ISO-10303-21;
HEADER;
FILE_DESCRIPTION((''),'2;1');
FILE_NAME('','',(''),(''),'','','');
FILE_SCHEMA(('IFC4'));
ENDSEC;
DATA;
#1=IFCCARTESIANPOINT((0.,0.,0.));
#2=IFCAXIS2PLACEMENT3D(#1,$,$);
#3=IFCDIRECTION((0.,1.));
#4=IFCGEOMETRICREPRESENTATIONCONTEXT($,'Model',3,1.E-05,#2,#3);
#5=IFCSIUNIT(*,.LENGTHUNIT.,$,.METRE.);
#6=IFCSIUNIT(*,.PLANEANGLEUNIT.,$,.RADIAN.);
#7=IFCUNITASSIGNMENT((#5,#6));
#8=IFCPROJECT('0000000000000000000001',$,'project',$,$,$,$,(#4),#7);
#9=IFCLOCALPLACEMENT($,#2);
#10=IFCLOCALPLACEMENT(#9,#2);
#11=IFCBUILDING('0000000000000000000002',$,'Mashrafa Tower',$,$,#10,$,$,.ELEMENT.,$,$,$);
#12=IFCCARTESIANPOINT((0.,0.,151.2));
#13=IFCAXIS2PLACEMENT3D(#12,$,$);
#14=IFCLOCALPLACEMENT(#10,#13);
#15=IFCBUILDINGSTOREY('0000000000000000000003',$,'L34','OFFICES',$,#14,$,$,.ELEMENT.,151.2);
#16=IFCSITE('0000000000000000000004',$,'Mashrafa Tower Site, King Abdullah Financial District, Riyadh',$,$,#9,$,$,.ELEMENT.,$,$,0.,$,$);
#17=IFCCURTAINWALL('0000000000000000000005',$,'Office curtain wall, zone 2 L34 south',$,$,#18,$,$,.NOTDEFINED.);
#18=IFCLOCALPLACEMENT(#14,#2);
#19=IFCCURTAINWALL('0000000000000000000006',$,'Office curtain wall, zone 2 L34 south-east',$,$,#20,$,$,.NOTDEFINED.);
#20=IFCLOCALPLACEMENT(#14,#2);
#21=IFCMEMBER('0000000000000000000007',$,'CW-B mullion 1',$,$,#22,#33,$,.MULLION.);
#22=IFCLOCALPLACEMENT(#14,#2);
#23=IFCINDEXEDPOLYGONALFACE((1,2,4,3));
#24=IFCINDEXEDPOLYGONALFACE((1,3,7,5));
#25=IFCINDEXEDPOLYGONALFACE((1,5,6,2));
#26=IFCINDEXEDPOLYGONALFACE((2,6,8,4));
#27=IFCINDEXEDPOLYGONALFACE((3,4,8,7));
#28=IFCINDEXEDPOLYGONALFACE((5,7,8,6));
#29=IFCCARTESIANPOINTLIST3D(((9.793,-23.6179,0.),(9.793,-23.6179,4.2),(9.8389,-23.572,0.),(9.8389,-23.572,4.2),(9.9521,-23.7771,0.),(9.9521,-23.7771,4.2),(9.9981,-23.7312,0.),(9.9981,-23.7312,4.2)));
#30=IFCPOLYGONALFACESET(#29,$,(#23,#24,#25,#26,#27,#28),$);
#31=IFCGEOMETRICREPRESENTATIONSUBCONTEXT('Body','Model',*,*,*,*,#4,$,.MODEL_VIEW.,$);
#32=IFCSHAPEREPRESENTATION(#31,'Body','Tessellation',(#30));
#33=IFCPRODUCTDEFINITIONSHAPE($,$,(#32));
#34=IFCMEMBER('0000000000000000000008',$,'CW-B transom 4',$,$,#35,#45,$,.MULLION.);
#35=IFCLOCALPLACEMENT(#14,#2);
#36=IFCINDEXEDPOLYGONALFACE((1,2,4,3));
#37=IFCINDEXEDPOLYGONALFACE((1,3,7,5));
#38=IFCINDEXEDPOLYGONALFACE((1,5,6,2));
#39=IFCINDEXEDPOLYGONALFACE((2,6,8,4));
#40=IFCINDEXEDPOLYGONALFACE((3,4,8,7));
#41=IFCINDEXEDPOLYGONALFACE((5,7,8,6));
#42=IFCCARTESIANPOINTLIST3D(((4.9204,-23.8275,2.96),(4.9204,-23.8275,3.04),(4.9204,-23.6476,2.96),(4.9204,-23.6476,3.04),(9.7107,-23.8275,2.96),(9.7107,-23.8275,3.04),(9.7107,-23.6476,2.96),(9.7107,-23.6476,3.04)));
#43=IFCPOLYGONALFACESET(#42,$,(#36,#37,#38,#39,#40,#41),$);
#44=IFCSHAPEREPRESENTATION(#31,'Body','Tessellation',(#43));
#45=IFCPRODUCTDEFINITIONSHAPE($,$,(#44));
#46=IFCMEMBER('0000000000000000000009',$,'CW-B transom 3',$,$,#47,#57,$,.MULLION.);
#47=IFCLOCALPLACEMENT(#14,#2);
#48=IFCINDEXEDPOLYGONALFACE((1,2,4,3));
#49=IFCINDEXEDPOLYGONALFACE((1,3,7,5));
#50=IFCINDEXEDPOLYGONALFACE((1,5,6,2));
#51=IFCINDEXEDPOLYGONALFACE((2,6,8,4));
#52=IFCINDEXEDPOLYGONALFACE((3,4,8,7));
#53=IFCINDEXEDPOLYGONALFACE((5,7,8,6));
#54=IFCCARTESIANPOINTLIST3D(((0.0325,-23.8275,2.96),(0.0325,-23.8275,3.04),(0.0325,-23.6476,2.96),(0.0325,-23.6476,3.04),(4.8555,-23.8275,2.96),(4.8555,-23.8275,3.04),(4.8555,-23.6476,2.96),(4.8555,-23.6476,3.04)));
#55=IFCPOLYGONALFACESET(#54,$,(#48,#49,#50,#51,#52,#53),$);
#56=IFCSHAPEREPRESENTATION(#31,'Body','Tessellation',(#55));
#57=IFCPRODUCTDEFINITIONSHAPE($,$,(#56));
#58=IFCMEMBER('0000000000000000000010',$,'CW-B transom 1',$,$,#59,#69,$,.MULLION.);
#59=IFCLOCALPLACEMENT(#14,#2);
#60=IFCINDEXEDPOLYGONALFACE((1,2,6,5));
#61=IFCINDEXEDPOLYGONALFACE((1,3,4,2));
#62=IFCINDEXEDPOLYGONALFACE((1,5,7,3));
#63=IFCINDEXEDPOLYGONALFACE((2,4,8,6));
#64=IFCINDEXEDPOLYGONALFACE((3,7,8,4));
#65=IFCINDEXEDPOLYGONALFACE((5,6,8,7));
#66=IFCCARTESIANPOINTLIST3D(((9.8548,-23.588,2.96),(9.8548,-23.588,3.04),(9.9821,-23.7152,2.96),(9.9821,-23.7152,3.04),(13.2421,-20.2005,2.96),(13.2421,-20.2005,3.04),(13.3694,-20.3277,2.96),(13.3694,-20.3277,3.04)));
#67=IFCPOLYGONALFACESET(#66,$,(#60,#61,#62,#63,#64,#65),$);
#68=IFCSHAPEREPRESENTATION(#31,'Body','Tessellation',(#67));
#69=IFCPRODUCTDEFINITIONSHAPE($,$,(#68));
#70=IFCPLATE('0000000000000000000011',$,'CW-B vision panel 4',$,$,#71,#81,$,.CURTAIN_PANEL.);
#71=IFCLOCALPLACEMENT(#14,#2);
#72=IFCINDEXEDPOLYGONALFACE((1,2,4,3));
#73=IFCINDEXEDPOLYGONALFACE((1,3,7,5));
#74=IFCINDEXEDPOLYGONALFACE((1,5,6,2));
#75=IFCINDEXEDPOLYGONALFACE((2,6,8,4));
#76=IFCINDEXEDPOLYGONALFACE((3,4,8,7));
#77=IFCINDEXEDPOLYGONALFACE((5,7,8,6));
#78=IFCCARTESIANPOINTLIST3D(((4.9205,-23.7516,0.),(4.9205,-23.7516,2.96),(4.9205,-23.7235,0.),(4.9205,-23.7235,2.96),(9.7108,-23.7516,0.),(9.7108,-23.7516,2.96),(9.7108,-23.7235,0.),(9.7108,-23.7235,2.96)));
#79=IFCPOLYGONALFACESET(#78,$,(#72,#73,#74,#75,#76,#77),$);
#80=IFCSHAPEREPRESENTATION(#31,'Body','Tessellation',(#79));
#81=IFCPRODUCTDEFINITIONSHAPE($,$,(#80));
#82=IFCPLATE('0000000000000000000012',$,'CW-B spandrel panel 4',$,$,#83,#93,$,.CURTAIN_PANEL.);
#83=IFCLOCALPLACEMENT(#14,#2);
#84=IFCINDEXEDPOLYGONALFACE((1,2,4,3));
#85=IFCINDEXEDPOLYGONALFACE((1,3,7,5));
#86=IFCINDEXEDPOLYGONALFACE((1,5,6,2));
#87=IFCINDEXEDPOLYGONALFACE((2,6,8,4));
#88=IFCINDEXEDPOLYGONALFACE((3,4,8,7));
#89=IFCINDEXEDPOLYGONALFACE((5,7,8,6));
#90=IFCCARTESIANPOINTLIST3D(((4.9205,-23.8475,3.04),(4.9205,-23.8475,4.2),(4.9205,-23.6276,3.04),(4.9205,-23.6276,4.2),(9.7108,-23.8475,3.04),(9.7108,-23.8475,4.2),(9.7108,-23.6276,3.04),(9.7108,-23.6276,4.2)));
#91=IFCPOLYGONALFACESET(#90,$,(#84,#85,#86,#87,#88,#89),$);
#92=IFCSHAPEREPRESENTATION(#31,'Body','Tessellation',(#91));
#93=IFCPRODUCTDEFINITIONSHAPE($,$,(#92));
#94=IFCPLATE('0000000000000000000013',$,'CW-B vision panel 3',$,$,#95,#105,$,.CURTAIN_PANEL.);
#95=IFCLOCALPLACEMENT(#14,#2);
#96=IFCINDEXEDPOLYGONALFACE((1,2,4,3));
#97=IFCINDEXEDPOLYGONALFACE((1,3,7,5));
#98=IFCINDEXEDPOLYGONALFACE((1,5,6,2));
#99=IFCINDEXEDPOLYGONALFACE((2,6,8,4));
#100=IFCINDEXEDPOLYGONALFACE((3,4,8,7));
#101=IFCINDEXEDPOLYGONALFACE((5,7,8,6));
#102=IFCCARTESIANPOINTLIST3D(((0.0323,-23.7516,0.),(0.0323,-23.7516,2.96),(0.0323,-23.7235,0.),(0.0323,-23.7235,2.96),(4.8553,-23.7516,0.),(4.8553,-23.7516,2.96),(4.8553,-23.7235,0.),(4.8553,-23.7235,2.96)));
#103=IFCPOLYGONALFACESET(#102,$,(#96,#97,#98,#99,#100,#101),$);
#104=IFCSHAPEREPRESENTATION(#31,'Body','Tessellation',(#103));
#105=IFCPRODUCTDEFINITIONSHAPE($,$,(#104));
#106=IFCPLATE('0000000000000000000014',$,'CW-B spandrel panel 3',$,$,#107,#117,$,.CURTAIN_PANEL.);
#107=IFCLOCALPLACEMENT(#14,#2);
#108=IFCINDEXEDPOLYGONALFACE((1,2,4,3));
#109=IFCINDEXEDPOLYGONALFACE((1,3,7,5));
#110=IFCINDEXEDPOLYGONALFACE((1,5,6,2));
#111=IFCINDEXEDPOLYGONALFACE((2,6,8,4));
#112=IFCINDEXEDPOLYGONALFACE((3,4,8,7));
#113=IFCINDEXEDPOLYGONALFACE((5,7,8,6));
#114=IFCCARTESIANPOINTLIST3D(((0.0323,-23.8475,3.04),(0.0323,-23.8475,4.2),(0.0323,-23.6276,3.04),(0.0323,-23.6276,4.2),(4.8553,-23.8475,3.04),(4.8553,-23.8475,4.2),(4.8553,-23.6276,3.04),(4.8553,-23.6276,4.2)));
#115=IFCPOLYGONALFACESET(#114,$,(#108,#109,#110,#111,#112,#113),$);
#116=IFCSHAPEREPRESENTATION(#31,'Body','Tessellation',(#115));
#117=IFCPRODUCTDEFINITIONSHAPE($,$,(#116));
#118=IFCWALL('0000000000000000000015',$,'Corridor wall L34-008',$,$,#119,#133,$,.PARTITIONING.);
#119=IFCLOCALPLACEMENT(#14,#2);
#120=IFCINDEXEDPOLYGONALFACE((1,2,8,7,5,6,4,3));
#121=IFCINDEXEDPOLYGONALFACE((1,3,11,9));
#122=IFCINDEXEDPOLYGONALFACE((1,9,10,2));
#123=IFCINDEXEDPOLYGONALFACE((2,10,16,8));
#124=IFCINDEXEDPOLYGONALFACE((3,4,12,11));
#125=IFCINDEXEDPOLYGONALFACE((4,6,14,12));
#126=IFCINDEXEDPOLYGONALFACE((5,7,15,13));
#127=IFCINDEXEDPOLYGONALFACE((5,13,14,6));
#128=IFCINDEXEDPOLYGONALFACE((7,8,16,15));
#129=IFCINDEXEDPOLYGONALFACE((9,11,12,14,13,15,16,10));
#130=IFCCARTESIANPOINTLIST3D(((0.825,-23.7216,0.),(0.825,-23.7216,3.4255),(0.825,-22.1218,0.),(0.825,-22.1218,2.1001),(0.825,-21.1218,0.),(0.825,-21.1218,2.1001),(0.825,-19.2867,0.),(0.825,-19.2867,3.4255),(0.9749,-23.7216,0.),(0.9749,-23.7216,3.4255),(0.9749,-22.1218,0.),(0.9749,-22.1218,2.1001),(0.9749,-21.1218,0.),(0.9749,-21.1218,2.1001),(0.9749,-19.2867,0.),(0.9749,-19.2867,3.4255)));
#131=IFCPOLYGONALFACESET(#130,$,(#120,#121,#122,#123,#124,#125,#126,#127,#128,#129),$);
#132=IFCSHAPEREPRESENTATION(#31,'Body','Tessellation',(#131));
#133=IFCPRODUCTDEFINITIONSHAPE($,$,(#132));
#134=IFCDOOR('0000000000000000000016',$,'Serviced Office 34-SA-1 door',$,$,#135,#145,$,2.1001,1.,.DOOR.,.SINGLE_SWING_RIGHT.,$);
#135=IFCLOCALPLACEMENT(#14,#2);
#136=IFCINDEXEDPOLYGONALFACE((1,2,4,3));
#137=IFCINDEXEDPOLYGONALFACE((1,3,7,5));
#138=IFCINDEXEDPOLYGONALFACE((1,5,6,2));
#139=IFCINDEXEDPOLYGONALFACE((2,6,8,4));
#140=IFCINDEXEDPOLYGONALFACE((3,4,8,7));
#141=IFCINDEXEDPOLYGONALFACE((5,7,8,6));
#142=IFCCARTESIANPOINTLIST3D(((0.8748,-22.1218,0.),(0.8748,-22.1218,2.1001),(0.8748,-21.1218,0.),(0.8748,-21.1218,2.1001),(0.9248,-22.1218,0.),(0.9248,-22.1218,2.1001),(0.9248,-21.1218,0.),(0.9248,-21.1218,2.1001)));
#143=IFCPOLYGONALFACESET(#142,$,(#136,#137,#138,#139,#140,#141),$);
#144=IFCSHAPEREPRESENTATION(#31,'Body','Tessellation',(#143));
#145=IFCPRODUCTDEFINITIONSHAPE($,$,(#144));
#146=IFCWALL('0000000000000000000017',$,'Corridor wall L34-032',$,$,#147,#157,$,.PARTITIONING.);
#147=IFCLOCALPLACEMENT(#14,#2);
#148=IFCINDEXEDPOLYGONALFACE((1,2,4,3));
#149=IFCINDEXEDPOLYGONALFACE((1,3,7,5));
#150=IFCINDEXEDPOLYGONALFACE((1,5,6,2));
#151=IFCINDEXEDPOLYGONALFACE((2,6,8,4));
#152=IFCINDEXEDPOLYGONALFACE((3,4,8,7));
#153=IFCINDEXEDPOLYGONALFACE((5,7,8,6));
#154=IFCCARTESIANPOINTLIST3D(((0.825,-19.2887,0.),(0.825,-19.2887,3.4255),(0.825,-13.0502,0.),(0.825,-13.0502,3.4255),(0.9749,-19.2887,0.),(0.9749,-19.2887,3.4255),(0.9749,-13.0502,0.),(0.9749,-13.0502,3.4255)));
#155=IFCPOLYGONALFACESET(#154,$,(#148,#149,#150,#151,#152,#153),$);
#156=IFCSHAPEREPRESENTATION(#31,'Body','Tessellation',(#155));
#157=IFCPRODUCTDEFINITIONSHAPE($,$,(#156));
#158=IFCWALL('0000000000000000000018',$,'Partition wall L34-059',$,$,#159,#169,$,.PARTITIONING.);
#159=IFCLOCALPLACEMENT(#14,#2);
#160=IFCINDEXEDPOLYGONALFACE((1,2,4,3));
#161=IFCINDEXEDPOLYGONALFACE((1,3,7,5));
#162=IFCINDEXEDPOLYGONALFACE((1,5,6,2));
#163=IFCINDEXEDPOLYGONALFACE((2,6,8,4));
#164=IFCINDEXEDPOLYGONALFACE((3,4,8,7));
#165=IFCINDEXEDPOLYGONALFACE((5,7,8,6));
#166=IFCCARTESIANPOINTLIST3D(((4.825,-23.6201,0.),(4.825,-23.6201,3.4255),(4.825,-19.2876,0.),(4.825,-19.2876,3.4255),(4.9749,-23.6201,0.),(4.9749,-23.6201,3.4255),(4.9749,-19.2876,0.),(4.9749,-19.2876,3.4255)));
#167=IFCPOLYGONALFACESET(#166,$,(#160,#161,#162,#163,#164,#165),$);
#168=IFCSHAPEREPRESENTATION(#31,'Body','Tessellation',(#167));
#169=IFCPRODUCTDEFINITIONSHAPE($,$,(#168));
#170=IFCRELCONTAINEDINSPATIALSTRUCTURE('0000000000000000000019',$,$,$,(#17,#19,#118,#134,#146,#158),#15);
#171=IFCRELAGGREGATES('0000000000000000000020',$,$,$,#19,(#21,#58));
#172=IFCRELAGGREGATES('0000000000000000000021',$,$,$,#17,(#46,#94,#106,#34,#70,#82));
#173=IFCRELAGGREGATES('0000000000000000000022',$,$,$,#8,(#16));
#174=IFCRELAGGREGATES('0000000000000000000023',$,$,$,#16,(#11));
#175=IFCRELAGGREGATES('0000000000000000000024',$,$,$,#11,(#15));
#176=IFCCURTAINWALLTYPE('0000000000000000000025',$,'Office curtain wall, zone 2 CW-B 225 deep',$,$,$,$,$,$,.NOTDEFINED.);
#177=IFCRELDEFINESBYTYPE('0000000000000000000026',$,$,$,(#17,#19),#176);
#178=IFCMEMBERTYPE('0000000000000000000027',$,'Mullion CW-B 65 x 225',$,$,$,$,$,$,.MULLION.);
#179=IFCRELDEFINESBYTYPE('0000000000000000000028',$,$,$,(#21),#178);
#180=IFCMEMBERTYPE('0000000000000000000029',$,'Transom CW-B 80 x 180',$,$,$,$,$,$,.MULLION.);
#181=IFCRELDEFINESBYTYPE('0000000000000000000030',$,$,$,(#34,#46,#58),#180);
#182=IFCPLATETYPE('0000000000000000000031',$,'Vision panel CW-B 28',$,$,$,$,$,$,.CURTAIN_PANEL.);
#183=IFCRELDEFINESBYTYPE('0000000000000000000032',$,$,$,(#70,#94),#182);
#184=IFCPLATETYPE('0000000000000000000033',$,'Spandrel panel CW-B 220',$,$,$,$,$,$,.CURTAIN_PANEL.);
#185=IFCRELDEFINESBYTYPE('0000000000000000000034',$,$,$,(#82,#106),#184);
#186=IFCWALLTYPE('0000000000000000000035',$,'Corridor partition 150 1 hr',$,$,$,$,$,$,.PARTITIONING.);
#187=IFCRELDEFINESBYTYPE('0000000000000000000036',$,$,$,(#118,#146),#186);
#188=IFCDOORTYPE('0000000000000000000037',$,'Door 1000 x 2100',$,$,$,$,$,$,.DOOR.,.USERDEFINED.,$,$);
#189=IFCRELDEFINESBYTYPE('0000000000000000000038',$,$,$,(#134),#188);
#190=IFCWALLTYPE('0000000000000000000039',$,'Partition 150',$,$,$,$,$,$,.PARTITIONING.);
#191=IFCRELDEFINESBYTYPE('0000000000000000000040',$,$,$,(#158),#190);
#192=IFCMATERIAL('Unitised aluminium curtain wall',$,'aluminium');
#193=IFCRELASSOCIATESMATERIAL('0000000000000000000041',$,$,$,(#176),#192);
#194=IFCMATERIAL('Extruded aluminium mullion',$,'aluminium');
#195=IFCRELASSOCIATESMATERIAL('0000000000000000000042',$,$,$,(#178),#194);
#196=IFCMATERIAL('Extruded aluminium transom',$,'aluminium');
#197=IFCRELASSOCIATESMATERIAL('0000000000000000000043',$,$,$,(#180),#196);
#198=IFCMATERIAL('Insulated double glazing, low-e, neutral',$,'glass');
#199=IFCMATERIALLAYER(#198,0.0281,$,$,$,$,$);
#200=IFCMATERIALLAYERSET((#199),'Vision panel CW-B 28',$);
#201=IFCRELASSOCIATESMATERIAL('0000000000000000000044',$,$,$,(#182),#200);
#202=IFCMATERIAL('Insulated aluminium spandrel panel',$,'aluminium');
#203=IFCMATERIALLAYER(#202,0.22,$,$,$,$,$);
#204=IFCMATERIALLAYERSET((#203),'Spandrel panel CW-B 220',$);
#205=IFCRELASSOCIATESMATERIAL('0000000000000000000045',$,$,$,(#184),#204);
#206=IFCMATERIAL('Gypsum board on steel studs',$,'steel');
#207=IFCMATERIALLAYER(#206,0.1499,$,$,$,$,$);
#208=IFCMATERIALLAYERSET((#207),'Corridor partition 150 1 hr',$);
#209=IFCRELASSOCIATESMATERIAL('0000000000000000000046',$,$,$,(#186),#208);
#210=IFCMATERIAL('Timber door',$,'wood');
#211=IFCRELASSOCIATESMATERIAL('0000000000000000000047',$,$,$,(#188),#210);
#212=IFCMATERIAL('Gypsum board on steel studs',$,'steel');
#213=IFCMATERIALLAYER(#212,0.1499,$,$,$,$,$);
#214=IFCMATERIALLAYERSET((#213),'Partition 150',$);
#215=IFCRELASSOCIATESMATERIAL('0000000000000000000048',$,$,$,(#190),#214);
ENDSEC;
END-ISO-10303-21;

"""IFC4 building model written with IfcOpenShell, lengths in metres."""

from ifc_helpers import new_model, si_unit, direction, frame, frame_2d, origin, origin_2d, place, context, subcontext, project, spatial, rectangle, extrude, source, transform, mapped, material, layer, layer_set, material_profile, profile_set, type_object, type_shapes, element, fill, aggregate, save


model = new_model("IFC4")

# Units and contexts
model_context = context("Model", 3, precision=1e-05, world=origin(), true_north=direction((0.0, 1.0)))
body_context = subcontext(model_context, "Body", "Model", "MODEL_VIEW")
ifc_project = project(units=[si_unit("LENGTHUNIT", "METRE"), si_unit("PLANEANGLEUNIT", "RADIAN")], contexts=[model_context])

# Site, building, storey
site_placement = place(None, origin())
site = spatial("IfcSite", under=ifc_project, at=site_placement, Name="Mashrafa Tower Site, King Abdullah Financial District, Riyadh", CompositionType="ELEMENT", RefElevation=0.0)
building_placement = place(site_placement, origin())
building = spatial("IfcBuilding", under=site, at=building_placement, Name="Mashrafa Tower", CompositionType="ELEMENT")
storey_placement = place(building_placement, frame((0.0, 0.0, 151.2)))
storey = spatial("IfcBuildingStorey", under=building, at=storey_placement, Name="L34", Description="OFFICES", CompositionType="ELEMENT", Elevation=151.2)

# Curtain wall
ifc_material_1 = material(Name="Unitised aluminium curtain wall", Category="aluminium")
curtain_wall_type = type_object("IfcCurtainWallType", Name="Office curtain wall, zone 2 CW-B 225 deep", PredefinedType="NOTDEFINED", material=ifc_material_1)
curtain_wall_1_placement = place(storey_placement, origin())
curtain_wall_1 = element("IfcCurtainWall", 1, at=curtain_wall_1_placement, inside=storey, type_object=curtain_wall_type, Name="Office curtain wall, zone 2 L34 south", PredefinedType="NOTDEFINED")
ifc_material_2 = material(Name="Extruded aluminium mullion", Category="aluminium")
ifc_material_profile_1 = material_profile(ifc_material_2, rectangle(XDim=0.2251, YDim=0.0649, at=origin_2d()), Name="Mullion 65x225")
ifc_profile_set_1 = profile_set([ifc_material_profile_1], Name="Extruded aluminium mullion")
member_type_1 = type_object("IfcMemberType", Name="Mullion CW-B 65 x 225", PredefinedType="MULLION", material=ifc_profile_set_1)
shared_shape_1 = source(origin(), body_context, "Body", "SweptSolid", [
    extrude(rectangle(XDim=0.2251, YDim=0.0649, at=origin_2d()), origin(), (0.0, 0.0, 1.0), 4.2),
])
type_shapes(member_type_1, [shared_shape_1])

# Curtain wall, member
curtain_wall_2_placement = place(storey_placement, origin())
curtain_wall_2 = element("IfcCurtainWall", 2, at=curtain_wall_2_placement, inside=storey, type_object=curtain_wall_type, Name="Office curtain wall, zone 2 L34 south-east", PredefinedType="NOTDEFINED")
member_1_placement = place(storey_placement, frame((9.8955, -23.6746, 0.0), z_axis=(0.0, 0.0, 1.0), x_axis=(-0.707107, 0.707107, 0.0)))
member_1 = element("IfcMember", 3, at=member_1_placement, type_object=member_type_1, Name="CW-B mullion 1", PredefinedType="MULLION", context=body_context, shape_type="MappedRepresentation", body=[
    mapped(shared_shape_1, transform((0.0, 0.0, 0.0))),
])

# Members
ifc_material_3 = material(Name="Extruded aluminium transom", Category="aluminium")
ifc_material_profile_2 = material_profile(ifc_material_3, rectangle(XDim=0.1799, YDim=0.0801, at=origin_2d()), Name="Transom 80x180")
ifc_profile_set_2 = profile_set([ifc_material_profile_2], Name="Extruded aluminium transom")
member_type_2 = type_object("IfcMemberType", Name="Transom CW-B 80 x 180", PredefinedType="MULLION", material=ifc_profile_set_2)
shared_shape_2 = source(origin(), body_context, "Body", "SweptSolid", [
    extrude(rectangle(XDim=0.1799, YDim=0.0801, at=origin_2d()), origin(), (0.0, 0.0, 1.0), 4.7903),
])
member_2_placement = place(storey_placement, frame((4.9204, -23.7375, 3.0), z_axis=(1.0, 0.0, 0.0), x_axis=(0.0, 1.0, 0.0)))
member_2 = element("IfcMember", 4, at=member_2_placement, type_object=member_type_2, Name="CW-B transom 4", PredefinedType="MULLION", context=body_context, shape_type="MappedRepresentation", body=[
    mapped(shared_shape_2, transform((0.0, 0.0, 0.0))),
])
shared_shape_3 = source(origin(), body_context, "Body", "SweptSolid", [
    extrude(rectangle(XDim=0.1799, YDim=0.0801, at=origin_2d()), origin(), (0.0, 0.0, 1.0), 4.823),
])
member_3_placement = place(storey_placement, frame((0.0325, -23.7375, 3.0), z_axis=(1.0, 0.0, 0.0), x_axis=(0.0, 1.0, 0.0)))
member_3 = element("IfcMember", 5, at=member_3_placement, type_object=member_type_2, Name="CW-B transom 3", PredefinedType="MULLION", context=body_context, shape_type="MappedRepresentation", body=[
    mapped(shared_shape_3, transform((0.0, 0.0, 0.0))),
])
shared_shape_4 = source(origin(), body_context, "Body", "SweptSolid", [
    extrude(rectangle(XDim=0.1799, YDim=0.0801, at=origin_2d()), origin(), (0.0, 0.0, 1.0), 4.7905),
])
type_shapes(member_type_2, [shared_shape_2, shared_shape_3, shared_shape_4])
member_4_placement = place(storey_placement, frame((9.9185, -23.6516, 3.0), z_axis=(0.707081, 0.707132, 0.0), x_axis=(-0.707132, 0.707081, 0.0)))
member_4 = element("IfcMember", 6, at=member_4_placement, type_object=member_type_2, Name="CW-B transom 1", PredefinedType="MULLION", context=body_context, shape_type="MappedRepresentation", body=[
    mapped(shared_shape_4, transform((0.0, 0.0, 0.0))),
])
aggregate(curtain_wall_2, [member_1, member_4])

# Plates
ifc_material_4 = material(Name="Insulated double glazing, low-e, neutral", Category="glass")
ifc_layer_1 = layer(ifc_material_4, 0.0281)
ifc_layer_set_1 = layer_set([ifc_layer_1], Name="Vision panel CW-B 28")
plate_type_1 = type_object("IfcPlateType", Name="Vision panel CW-B 28", PredefinedType="CURTAIN_PANEL", material=ifc_layer_set_1)
shared_shape_5 = source(origin(), body_context, "Body", "SweptSolid", [
    extrude(rectangle(XDim=4.7903, YDim=0.0281, at=origin_2d()), origin(), (0.0, 0.0, 1.0), 2.96),
])
plate_1_placement = place(storey_placement, frame((7.3157, -23.7375, 0.0), z_axis=(0.0, 0.0, 1.0), x_axis=(1.0, 0.0, 0.0)))
plate_1 = element("IfcPlate", 7, at=plate_1_placement, type_object=plate_type_1, Name="CW-B vision panel 4", PredefinedType="CURTAIN_PANEL", context=body_context, shape_type="MappedRepresentation", body=[
    mapped(shared_shape_5, transform((0.0, 0.0, 0.0))),
])
ifc_material_5 = material(Name="Insulated aluminium spandrel panel", Category="aluminium")
ifc_layer_2 = layer(ifc_material_5, 0.22)
ifc_layer_set_2 = layer_set([ifc_layer_2], Name="Spandrel panel CW-B 220")
plate_type_2 = type_object("IfcPlateType", Name="Spandrel panel CW-B 220", PredefinedType="CURTAIN_PANEL", material=ifc_layer_set_2)
shared_shape_6 = source(origin(), body_context, "Body", "SweptSolid", [
    extrude(rectangle(XDim=4.7903, YDim=0.22, at=origin_2d()), origin(), (0.0, 0.0, 1.0), 1.1599),
])
plate_2_placement = place(storey_placement, frame((7.3157, -23.7375, 3.04), z_axis=(0.0, 0.0, 1.0), x_axis=(1.0, 0.0, 0.0)))
plate_2 = element("IfcPlate", 8, at=plate_2_placement, type_object=plate_type_2, Name="CW-B spandrel panel 4", PredefinedType="CURTAIN_PANEL", context=body_context, shape_type="MappedRepresentation", body=[
    mapped(shared_shape_6, transform((0.0, 0.0, 0.0))),
])
shared_shape_7 = source(origin(), body_context, "Body", "SweptSolid", [
    extrude(rectangle(XDim=4.823, YDim=0.0281, at=origin_2d()), origin(), (0.0, 0.0, 1.0), 2.96),
])
type_shapes(plate_type_1, [shared_shape_5, shared_shape_7])
plate_3_placement = place(storey_placement, frame((2.4438, -23.7375, 0.0), z_axis=(0.0, 0.0, 1.0), x_axis=(1.0, 0.0, 0.0)))
plate_3 = element("IfcPlate", 9, at=plate_3_placement, type_object=plate_type_1, Name="CW-B vision panel 3", PredefinedType="CURTAIN_PANEL", context=body_context, shape_type="MappedRepresentation", body=[
    mapped(shared_shape_7, transform((0.0, 0.0, 0.0))),
])
shared_shape_8 = source(origin(), body_context, "Body", "SweptSolid", [
    extrude(rectangle(XDim=4.823, YDim=0.22, at=origin_2d()), origin(), (0.0, 0.0, 1.0), 1.1599),
])
type_shapes(plate_type_2, [shared_shape_6, shared_shape_8])
plate_4_placement = place(storey_placement, frame((2.4438, -23.7375, 3.04), z_axis=(0.0, 0.0, 1.0), x_axis=(1.0, 0.0, 0.0)))
plate_4 = element("IfcPlate", 10, at=plate_4_placement, type_object=plate_type_2, Name="CW-B spandrel panel 3", PredefinedType="CURTAIN_PANEL", context=body_context, shape_type="MappedRepresentation", body=[
    mapped(shared_shape_8, transform((0.0, 0.0, 0.0))),
])
aggregate(curtain_wall_1, [member_3, plate_3, plate_4, member_2, plate_1, plate_2])

# Wall, opening, door
ifc_material_6 = material(Name="Gypsum board on steel studs", Category="steel")
ifc_layer_3 = layer(ifc_material_6, 0.1499)
ifc_layer_set_3 = layer_set([ifc_layer_3], Name="Corridor partition 150 1 hr")
wall_type_1 = type_object("IfcWallType", Name="Corridor partition 150 1 hr", PredefinedType="PARTITIONING", material=ifc_layer_set_3)
wall_1_placement = place(storey_placement, frame((0.8999, -23.7214, 0.0), z_axis=(0.0, 0.0, 1.0), x_axis=(0.0, 1.0, 0.0)))
wall_1 = element("IfcWall", 11, at=wall_1_placement, inside=storey, type_object=wall_type_1, Name="Corridor wall L34-008", PredefinedType="PARTITIONING", context=body_context, shape_type="SweptSolid", body=[
    extrude(rectangle(XDim=4.4348, YDim=0.1499, at=frame_2d((2.2173, 0.0))), origin(), (0.0, 0.0, 1.0), 3.4255),
])
opening_1_placement = place(wall_1_placement, frame((1.5996, 0.0, 0.0)))
opening_1 = element("IfcOpeningElement", 12, at=opening_1_placement, cuts=wall_1, PredefinedType="OPENING", context=body_context, shape_type="SweptSolid", body=[
    extrude(rectangle(XDim=1.0, YDim=2.1001, at=frame_2d((0.5, 1.05))), frame((0.0, 0.085, 0.0), z_axis=(0.0, -1.0, 0.0), x_axis=(1.0, 0.0, 0.0)), (0.0, 0.0, 1.0), 0.1699),
])
ifc_material_7 = material(Name="Timber door", Category="wood")
door_type = type_object("IfcDoorType", Name="Door 1000 x 2100", OperationType="USERDEFINED", PredefinedType="DOOR", material=ifc_material_7)
door_1_placement = place(opening_1_placement, frame((1.0, 0.0, 0.0), z_axis=(0.0, 0.0, 1.0), x_axis=(-1.0, 0.0, 0.0)))
door_1 = element("IfcDoor", 13, at=door_1_placement, inside=storey, type_object=door_type, Name="Serviced Office 34-SA-1 door", OperationType="SINGLE_SWING_RIGHT", OverallHeight=2.1001, OverallWidth=1.0, PredefinedType="DOOR", context=body_context, shape_type="SweptSolid", body=[
    extrude(rectangle(XDim=1.0, YDim=2.1001, at=frame_2d((0.5, 1.05))), frame((0.0, 0.0249, 0.0), z_axis=(0.0, -1.0, 0.0), x_axis=(1.0, 0.0, 0.0)), (0.0, 0.0, 1.0), 0.05),
])
fill(opening_1, door_1)

# Walls
wall_2_placement = place(storey_placement, frame((0.8999, -19.2886, 0.0), z_axis=(0.0, 0.0, 1.0), x_axis=(0.0, 1.0, 0.0)))
element("IfcWall", 14, at=wall_2_placement, inside=storey, type_object=wall_type_1, Name="Corridor wall L34-032", PredefinedType="PARTITIONING", context=body_context, shape_type="SweptSolid", body=[
    extrude(rectangle(XDim=6.2385, YDim=0.1499, at=frame_2d((3.1191, 0.0))), origin(), (0.0, 0.0, 1.0), 3.4255),
])
ifc_material_8 = material(Name="Gypsum board on steel studs", Category="steel")
ifc_layer_4 = layer(ifc_material_8, 0.1499)
ifc_layer_set_4 = layer_set([ifc_layer_4], Name="Partition 150")
wall_type_2 = type_object("IfcWallType", Name="Partition 150", PredefinedType="PARTITIONING", material=ifc_layer_set_4)
wall_3_placement = place(storey_placement, frame((4.8999, -23.6201, 0.0), z_axis=(0.0, 0.0, 1.0), x_axis=(0.0, 1.0, 0.0)))
element("IfcWall", 15, at=wall_3_placement, inside=storey, type_object=wall_type_2, Name="Partition wall L34-059", PredefinedType="PARTITIONING", context=body_context, shape_type="SweptSolid", body=[
    extrude(rectangle(XDim=4.3325, YDim=0.1499, at=frame_2d((2.1663, 0.0))), origin(), (0.0, 0.0, 1.0), 3.4255),
])

save(model, "model.ifc")
